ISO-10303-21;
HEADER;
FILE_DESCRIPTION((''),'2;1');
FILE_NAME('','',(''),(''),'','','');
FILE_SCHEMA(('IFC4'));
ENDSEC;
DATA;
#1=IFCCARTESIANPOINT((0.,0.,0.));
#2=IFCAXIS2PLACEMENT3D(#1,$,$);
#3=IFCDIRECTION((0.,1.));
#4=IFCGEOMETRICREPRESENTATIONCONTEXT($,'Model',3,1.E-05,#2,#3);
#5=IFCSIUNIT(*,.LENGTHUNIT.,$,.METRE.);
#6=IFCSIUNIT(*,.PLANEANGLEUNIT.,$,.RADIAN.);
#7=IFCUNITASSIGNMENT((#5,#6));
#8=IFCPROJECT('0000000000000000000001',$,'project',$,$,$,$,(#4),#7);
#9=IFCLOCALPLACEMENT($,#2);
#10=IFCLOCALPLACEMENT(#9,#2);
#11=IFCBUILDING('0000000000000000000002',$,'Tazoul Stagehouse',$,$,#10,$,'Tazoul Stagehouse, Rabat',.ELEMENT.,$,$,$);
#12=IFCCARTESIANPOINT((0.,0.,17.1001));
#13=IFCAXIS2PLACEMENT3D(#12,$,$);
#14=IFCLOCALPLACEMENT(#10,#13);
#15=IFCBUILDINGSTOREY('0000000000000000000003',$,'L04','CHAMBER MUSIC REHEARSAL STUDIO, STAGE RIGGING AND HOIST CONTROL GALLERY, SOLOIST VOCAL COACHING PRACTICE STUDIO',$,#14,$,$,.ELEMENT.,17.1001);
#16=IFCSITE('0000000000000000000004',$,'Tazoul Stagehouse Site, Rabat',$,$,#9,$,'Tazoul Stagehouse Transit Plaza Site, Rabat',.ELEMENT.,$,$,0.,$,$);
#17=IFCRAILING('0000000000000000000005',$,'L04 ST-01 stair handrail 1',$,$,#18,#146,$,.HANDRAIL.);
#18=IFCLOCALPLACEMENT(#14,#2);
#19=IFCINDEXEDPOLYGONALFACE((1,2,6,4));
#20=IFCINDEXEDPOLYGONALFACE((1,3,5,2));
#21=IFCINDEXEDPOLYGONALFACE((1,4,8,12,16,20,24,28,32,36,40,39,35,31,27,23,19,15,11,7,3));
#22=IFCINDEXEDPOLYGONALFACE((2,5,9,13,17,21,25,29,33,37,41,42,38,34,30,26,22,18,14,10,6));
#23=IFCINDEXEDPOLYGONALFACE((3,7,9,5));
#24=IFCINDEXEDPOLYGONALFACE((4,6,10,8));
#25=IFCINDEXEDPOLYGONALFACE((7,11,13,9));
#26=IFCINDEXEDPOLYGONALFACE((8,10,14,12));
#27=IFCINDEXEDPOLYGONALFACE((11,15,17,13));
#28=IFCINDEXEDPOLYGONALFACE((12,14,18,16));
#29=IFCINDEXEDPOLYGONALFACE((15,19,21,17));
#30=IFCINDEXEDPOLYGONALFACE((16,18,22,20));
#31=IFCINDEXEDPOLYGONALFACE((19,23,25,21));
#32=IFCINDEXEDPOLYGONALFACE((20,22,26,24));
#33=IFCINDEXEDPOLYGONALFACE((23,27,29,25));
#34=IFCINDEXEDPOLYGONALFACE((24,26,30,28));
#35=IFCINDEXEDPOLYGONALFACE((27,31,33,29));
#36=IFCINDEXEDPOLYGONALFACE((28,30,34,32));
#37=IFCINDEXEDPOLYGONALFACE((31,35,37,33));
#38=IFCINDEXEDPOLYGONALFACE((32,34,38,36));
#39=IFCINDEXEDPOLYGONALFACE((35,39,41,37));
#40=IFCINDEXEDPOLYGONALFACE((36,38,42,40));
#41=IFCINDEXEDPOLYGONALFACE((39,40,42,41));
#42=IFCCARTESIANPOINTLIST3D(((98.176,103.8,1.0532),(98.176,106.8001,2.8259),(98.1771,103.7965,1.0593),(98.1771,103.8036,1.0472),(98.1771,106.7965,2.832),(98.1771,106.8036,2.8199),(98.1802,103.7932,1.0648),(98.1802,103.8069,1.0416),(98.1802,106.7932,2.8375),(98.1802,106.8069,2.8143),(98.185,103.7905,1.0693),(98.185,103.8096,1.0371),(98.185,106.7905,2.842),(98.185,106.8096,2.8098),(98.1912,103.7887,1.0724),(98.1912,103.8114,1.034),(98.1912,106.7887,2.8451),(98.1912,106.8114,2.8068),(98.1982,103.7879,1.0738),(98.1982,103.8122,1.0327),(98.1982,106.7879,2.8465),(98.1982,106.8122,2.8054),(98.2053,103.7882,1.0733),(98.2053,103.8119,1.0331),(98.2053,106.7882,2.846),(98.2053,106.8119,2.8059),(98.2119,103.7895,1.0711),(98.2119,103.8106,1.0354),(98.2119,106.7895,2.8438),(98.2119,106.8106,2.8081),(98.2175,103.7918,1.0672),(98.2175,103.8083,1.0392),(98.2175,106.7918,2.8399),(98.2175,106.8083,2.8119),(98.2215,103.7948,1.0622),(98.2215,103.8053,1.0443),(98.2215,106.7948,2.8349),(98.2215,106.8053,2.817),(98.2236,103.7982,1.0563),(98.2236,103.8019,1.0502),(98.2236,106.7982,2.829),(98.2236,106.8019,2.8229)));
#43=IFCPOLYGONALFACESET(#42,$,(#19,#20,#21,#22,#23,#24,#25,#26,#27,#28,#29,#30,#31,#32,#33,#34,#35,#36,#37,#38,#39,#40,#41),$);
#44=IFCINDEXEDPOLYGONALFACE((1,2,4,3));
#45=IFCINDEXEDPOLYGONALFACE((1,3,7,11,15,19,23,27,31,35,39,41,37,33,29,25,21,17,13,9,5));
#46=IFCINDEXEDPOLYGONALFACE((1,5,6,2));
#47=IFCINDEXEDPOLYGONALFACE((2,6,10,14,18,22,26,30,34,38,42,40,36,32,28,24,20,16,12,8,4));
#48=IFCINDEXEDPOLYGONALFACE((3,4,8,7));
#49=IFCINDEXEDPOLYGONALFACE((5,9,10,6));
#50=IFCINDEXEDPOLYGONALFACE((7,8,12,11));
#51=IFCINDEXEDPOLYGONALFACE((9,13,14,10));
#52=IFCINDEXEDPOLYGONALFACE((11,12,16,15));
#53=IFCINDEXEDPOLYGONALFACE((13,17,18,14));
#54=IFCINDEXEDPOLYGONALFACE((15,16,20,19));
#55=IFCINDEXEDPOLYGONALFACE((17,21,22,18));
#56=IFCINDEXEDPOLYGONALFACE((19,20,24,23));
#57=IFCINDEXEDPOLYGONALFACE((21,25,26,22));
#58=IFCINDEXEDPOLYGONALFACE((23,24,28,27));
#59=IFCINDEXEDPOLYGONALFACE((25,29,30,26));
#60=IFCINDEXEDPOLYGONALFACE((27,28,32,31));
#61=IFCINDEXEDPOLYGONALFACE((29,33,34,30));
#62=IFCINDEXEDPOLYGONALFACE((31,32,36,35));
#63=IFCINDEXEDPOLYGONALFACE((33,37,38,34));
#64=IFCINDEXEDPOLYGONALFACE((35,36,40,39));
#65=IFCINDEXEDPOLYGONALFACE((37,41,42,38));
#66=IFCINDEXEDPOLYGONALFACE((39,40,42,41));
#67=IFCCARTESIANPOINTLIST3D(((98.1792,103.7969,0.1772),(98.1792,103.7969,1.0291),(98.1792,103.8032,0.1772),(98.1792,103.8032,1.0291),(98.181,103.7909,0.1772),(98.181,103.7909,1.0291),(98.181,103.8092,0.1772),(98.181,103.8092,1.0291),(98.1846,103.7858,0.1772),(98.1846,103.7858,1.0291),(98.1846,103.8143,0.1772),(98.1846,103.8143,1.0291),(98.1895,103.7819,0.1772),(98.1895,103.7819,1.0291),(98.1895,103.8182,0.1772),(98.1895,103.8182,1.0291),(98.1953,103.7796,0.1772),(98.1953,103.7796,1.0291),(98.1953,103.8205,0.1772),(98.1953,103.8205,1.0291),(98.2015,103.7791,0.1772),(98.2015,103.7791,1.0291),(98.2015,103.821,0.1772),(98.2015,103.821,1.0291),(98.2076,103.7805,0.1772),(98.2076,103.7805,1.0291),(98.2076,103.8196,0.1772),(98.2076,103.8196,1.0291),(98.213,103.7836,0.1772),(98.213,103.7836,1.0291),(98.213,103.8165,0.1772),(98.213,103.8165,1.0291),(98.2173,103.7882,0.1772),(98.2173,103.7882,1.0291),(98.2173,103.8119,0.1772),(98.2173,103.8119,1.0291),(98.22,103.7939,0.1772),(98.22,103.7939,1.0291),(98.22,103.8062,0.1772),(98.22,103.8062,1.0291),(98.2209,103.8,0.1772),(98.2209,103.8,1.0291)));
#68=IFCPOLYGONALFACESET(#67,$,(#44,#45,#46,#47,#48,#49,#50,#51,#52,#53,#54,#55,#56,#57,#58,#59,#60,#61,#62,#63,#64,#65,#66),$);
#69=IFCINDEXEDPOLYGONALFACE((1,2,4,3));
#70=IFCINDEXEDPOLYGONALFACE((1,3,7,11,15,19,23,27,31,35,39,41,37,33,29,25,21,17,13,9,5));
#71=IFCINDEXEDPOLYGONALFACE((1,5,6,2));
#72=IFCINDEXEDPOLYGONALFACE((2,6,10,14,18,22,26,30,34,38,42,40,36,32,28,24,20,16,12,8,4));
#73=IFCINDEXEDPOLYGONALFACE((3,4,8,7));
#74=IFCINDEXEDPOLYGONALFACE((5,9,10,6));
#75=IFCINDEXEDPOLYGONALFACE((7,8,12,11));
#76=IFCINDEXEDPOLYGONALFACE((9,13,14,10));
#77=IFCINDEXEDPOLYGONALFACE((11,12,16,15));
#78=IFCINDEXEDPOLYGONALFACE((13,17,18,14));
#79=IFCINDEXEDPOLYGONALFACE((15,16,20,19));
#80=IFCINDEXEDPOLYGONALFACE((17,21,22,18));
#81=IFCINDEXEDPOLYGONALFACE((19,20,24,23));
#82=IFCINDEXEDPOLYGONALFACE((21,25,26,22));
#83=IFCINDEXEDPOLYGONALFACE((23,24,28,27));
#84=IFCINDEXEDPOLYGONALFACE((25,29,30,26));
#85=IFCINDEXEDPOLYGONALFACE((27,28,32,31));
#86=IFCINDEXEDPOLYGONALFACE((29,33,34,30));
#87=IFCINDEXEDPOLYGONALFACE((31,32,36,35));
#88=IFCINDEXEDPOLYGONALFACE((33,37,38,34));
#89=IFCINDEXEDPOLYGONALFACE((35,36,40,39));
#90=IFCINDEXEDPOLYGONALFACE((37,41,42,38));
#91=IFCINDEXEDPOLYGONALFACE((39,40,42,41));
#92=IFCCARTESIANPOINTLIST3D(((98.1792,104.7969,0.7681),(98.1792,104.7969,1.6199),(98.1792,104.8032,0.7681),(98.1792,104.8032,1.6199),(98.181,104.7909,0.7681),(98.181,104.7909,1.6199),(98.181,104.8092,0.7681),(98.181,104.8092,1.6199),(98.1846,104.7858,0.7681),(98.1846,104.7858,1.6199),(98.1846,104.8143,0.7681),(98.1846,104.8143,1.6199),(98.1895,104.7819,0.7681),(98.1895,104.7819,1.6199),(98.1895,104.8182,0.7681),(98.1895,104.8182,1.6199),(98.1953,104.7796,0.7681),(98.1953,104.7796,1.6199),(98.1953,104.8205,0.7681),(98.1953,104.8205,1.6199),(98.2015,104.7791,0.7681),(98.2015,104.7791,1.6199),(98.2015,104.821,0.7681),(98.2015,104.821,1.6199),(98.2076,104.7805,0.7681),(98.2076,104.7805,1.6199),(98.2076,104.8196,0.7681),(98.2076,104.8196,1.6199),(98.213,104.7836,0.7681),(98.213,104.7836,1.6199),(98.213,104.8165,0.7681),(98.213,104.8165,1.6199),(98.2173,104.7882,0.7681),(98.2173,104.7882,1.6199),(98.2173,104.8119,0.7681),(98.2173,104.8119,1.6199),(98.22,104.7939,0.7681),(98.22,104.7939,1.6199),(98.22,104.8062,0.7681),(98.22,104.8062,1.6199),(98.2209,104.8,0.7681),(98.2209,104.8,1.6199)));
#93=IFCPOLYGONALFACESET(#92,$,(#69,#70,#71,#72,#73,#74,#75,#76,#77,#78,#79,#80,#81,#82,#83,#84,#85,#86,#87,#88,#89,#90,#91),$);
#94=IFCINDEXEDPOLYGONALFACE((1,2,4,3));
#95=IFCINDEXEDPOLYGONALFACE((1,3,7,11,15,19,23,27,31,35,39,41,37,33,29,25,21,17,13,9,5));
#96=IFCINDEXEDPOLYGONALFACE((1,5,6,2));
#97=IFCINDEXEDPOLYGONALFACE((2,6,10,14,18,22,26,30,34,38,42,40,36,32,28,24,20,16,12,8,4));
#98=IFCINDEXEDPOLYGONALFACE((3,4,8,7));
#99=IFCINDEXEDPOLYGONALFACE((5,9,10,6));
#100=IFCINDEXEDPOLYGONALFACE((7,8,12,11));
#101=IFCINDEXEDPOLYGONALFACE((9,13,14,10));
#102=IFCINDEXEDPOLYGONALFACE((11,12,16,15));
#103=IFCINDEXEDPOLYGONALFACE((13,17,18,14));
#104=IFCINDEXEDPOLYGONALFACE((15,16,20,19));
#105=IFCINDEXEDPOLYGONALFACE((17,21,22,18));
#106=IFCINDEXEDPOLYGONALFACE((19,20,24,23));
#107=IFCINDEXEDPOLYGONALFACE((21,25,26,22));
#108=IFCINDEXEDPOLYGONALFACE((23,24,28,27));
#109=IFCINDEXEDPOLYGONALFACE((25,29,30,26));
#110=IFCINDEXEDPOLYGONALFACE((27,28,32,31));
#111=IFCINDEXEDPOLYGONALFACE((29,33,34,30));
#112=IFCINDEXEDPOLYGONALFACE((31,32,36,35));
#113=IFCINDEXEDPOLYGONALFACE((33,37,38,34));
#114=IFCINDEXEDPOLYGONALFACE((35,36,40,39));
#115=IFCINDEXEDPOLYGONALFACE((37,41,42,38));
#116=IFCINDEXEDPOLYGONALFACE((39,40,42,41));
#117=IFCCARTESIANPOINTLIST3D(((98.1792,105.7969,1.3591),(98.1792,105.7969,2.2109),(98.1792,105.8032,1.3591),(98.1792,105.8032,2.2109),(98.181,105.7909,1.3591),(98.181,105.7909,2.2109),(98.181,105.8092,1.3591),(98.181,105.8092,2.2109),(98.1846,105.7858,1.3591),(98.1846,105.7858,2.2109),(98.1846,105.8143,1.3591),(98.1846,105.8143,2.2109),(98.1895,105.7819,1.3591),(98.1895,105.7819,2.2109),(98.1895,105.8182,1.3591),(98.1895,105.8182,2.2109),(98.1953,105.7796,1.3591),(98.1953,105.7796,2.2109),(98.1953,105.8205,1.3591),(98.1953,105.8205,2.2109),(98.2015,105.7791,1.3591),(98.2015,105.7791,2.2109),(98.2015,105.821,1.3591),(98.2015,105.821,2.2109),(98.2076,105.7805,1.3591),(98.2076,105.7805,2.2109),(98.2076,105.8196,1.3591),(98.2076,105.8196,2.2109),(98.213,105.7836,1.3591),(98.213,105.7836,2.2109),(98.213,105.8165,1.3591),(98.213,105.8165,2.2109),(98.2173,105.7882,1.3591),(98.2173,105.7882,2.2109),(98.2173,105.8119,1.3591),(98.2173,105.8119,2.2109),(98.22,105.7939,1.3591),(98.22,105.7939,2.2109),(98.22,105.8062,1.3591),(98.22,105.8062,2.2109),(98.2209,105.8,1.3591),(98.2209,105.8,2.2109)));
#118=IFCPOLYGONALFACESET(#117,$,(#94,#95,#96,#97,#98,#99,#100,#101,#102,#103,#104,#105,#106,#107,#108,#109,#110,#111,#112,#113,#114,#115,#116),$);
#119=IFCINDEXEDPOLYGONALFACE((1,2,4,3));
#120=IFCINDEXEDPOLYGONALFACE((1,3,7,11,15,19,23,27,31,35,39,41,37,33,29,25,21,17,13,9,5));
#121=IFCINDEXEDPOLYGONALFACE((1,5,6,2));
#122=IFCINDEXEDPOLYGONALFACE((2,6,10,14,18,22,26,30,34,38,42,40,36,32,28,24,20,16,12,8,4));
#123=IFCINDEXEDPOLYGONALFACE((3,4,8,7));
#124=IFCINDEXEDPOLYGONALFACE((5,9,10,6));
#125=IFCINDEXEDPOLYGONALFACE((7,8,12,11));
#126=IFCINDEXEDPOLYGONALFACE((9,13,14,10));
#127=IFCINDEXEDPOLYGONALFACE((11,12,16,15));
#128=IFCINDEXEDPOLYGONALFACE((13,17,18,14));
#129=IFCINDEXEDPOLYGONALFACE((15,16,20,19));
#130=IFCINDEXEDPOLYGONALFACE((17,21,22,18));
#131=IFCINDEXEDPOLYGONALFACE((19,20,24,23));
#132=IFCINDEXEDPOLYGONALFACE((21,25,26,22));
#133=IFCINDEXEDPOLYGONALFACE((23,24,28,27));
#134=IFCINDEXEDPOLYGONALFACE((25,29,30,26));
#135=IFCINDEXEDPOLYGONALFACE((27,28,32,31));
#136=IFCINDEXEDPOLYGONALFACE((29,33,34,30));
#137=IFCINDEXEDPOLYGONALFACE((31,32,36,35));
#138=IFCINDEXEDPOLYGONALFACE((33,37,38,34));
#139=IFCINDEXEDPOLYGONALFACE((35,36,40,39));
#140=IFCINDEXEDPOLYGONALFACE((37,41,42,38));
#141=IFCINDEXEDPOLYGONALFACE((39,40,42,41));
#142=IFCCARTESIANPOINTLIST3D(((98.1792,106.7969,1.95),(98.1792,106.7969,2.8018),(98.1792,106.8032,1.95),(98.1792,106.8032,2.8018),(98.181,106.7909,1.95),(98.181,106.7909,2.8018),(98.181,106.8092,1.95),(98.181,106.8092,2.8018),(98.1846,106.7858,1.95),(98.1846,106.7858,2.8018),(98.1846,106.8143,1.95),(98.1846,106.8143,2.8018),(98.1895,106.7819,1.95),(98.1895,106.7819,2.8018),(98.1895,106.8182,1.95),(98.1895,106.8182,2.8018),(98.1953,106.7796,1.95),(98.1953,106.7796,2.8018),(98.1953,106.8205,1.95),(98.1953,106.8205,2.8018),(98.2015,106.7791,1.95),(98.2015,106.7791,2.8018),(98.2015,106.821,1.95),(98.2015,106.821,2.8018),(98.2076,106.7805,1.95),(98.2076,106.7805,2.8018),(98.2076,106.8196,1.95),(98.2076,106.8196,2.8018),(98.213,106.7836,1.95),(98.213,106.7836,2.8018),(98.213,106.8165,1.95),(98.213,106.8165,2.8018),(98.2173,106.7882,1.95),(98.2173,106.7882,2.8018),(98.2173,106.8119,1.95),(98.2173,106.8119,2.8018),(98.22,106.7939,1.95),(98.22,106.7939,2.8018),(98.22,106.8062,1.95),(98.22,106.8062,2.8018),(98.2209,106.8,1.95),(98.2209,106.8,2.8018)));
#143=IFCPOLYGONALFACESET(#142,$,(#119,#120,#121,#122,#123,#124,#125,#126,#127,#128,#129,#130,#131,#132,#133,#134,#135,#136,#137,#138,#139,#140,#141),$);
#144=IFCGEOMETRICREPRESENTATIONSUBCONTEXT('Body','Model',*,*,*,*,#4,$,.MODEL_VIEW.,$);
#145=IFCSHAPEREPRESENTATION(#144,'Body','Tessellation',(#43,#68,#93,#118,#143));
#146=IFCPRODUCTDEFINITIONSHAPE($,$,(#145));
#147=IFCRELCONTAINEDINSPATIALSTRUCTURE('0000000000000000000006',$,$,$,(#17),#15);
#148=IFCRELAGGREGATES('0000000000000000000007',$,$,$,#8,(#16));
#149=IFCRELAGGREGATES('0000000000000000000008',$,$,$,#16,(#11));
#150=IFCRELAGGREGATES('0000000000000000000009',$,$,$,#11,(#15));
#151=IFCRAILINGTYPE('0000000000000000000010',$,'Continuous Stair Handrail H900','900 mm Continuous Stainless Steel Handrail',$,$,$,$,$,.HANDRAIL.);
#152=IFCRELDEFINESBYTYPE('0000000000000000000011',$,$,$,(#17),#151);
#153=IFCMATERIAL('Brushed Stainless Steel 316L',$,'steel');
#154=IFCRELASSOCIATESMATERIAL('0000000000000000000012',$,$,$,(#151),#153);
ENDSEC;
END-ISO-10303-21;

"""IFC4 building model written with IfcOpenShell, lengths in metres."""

from ifc_helpers import new_model, si_unit, direction, frame, origin, origin_2d, place, context, subcontext, project, spatial, circle, extrude, material, material_profile, profile_set, type_object, element, save


model = new_model("IFC4")

# Units and contexts
model_context = context("Model", 3, precision=1e-05, world=origin(), true_north=direction((0.0, 1.0)))
body_context = subcontext(model_context, "Body", "Model", "MODEL_VIEW")
ifc_project = project(units=[si_unit("LENGTHUNIT", "METRE"), si_unit("PLANEANGLEUNIT", "RADIAN")], contexts=[model_context])

# Site, building, storey
site_placement = place(None, origin())
site = spatial("IfcSite", under=ifc_project, at=site_placement, Name="Tazoul Stagehouse Site, Rabat", LongName="Tazoul Stagehouse Transit Plaza Site, Rabat", CompositionType="ELEMENT", RefElevation=0.0)
building_placement = place(site_placement, origin())
building = spatial("IfcBuilding", under=site, at=building_placement, Name="Tazoul Stagehouse", LongName="Tazoul Stagehouse, Rabat", CompositionType="ELEMENT")
storey_placement = place(building_placement, frame((0.0, 0.0, 17.1001)))
storey = spatial("IfcBuildingStorey", under=building, at=storey_placement, Name="L04", Description="CHAMBER MUSIC REHEARSAL STUDIO, STAGE RIGGING AND HOIST CONTROL GALLERY, SOLOIST VOCAL COACHING PRACTICE STUDIO", CompositionType="ELEMENT", Elevation=17.1001)

# Railing
ifc_material_1 = material(Name="Brushed Stainless Steel 316L", Category="steel")
ifc_material_profile_1 = material_profile(ifc_material_1, circle(Radius=0.021, at=origin_2d()), Name="SS HANDRAIL D42")
ifc_profile_set_1 = profile_set([ifc_material_profile_1], Name="Brushed Stainless Steel 316L")
railing_type_1 = type_object("IfcRailingType", Name="Continuous Stair Handrail H900", Description="900 mm Continuous Stainless Steel Handrail", PredefinedType="HANDRAIL", material=ifc_profile_set_1)
railing_1_placement = place(storey_placement, frame((98.2, 103.8, 0.1772)))
element("IfcRailing", 1, at=railing_1_placement, inside=storey, type_object=railing_type_1, Name="L04 ST-01 stair handrail 1", PredefinedType="HANDRAIL", context=body_context, shape_type="SweptSolid", body=[
    extrude(circle(Radius=0.0239, at=origin_2d()), frame((0.0, 0.0, 0.876), z_axis=(0.0, 0.860929, 0.508725), x_axis=(-1.0, 0.0, 0.0)), (0.0, 0.0, 1.0), 3.4846),
    extrude(circle(Radius=0.021, at=origin_2d()), origin(), (0.0, 0.0, 1.0), 0.8518),
    extrude(circle(Radius=0.021, at=origin_2d()), frame((0.0, 1.0, 0.5908)), (0.0, 0.0, 1.0), 0.8518),
    extrude(circle(Radius=0.021, at=origin_2d()), frame((0.0, 2.0, 1.1819)), (0.0, 0.0, 1.0), 0.8518),
    extrude(circle(Radius=0.021, at=origin_2d()), frame((0.0, 3.0, 1.7727)), (0.0, 0.0, 1.0), 0.8518),
])

save(model, "model.ifc")
